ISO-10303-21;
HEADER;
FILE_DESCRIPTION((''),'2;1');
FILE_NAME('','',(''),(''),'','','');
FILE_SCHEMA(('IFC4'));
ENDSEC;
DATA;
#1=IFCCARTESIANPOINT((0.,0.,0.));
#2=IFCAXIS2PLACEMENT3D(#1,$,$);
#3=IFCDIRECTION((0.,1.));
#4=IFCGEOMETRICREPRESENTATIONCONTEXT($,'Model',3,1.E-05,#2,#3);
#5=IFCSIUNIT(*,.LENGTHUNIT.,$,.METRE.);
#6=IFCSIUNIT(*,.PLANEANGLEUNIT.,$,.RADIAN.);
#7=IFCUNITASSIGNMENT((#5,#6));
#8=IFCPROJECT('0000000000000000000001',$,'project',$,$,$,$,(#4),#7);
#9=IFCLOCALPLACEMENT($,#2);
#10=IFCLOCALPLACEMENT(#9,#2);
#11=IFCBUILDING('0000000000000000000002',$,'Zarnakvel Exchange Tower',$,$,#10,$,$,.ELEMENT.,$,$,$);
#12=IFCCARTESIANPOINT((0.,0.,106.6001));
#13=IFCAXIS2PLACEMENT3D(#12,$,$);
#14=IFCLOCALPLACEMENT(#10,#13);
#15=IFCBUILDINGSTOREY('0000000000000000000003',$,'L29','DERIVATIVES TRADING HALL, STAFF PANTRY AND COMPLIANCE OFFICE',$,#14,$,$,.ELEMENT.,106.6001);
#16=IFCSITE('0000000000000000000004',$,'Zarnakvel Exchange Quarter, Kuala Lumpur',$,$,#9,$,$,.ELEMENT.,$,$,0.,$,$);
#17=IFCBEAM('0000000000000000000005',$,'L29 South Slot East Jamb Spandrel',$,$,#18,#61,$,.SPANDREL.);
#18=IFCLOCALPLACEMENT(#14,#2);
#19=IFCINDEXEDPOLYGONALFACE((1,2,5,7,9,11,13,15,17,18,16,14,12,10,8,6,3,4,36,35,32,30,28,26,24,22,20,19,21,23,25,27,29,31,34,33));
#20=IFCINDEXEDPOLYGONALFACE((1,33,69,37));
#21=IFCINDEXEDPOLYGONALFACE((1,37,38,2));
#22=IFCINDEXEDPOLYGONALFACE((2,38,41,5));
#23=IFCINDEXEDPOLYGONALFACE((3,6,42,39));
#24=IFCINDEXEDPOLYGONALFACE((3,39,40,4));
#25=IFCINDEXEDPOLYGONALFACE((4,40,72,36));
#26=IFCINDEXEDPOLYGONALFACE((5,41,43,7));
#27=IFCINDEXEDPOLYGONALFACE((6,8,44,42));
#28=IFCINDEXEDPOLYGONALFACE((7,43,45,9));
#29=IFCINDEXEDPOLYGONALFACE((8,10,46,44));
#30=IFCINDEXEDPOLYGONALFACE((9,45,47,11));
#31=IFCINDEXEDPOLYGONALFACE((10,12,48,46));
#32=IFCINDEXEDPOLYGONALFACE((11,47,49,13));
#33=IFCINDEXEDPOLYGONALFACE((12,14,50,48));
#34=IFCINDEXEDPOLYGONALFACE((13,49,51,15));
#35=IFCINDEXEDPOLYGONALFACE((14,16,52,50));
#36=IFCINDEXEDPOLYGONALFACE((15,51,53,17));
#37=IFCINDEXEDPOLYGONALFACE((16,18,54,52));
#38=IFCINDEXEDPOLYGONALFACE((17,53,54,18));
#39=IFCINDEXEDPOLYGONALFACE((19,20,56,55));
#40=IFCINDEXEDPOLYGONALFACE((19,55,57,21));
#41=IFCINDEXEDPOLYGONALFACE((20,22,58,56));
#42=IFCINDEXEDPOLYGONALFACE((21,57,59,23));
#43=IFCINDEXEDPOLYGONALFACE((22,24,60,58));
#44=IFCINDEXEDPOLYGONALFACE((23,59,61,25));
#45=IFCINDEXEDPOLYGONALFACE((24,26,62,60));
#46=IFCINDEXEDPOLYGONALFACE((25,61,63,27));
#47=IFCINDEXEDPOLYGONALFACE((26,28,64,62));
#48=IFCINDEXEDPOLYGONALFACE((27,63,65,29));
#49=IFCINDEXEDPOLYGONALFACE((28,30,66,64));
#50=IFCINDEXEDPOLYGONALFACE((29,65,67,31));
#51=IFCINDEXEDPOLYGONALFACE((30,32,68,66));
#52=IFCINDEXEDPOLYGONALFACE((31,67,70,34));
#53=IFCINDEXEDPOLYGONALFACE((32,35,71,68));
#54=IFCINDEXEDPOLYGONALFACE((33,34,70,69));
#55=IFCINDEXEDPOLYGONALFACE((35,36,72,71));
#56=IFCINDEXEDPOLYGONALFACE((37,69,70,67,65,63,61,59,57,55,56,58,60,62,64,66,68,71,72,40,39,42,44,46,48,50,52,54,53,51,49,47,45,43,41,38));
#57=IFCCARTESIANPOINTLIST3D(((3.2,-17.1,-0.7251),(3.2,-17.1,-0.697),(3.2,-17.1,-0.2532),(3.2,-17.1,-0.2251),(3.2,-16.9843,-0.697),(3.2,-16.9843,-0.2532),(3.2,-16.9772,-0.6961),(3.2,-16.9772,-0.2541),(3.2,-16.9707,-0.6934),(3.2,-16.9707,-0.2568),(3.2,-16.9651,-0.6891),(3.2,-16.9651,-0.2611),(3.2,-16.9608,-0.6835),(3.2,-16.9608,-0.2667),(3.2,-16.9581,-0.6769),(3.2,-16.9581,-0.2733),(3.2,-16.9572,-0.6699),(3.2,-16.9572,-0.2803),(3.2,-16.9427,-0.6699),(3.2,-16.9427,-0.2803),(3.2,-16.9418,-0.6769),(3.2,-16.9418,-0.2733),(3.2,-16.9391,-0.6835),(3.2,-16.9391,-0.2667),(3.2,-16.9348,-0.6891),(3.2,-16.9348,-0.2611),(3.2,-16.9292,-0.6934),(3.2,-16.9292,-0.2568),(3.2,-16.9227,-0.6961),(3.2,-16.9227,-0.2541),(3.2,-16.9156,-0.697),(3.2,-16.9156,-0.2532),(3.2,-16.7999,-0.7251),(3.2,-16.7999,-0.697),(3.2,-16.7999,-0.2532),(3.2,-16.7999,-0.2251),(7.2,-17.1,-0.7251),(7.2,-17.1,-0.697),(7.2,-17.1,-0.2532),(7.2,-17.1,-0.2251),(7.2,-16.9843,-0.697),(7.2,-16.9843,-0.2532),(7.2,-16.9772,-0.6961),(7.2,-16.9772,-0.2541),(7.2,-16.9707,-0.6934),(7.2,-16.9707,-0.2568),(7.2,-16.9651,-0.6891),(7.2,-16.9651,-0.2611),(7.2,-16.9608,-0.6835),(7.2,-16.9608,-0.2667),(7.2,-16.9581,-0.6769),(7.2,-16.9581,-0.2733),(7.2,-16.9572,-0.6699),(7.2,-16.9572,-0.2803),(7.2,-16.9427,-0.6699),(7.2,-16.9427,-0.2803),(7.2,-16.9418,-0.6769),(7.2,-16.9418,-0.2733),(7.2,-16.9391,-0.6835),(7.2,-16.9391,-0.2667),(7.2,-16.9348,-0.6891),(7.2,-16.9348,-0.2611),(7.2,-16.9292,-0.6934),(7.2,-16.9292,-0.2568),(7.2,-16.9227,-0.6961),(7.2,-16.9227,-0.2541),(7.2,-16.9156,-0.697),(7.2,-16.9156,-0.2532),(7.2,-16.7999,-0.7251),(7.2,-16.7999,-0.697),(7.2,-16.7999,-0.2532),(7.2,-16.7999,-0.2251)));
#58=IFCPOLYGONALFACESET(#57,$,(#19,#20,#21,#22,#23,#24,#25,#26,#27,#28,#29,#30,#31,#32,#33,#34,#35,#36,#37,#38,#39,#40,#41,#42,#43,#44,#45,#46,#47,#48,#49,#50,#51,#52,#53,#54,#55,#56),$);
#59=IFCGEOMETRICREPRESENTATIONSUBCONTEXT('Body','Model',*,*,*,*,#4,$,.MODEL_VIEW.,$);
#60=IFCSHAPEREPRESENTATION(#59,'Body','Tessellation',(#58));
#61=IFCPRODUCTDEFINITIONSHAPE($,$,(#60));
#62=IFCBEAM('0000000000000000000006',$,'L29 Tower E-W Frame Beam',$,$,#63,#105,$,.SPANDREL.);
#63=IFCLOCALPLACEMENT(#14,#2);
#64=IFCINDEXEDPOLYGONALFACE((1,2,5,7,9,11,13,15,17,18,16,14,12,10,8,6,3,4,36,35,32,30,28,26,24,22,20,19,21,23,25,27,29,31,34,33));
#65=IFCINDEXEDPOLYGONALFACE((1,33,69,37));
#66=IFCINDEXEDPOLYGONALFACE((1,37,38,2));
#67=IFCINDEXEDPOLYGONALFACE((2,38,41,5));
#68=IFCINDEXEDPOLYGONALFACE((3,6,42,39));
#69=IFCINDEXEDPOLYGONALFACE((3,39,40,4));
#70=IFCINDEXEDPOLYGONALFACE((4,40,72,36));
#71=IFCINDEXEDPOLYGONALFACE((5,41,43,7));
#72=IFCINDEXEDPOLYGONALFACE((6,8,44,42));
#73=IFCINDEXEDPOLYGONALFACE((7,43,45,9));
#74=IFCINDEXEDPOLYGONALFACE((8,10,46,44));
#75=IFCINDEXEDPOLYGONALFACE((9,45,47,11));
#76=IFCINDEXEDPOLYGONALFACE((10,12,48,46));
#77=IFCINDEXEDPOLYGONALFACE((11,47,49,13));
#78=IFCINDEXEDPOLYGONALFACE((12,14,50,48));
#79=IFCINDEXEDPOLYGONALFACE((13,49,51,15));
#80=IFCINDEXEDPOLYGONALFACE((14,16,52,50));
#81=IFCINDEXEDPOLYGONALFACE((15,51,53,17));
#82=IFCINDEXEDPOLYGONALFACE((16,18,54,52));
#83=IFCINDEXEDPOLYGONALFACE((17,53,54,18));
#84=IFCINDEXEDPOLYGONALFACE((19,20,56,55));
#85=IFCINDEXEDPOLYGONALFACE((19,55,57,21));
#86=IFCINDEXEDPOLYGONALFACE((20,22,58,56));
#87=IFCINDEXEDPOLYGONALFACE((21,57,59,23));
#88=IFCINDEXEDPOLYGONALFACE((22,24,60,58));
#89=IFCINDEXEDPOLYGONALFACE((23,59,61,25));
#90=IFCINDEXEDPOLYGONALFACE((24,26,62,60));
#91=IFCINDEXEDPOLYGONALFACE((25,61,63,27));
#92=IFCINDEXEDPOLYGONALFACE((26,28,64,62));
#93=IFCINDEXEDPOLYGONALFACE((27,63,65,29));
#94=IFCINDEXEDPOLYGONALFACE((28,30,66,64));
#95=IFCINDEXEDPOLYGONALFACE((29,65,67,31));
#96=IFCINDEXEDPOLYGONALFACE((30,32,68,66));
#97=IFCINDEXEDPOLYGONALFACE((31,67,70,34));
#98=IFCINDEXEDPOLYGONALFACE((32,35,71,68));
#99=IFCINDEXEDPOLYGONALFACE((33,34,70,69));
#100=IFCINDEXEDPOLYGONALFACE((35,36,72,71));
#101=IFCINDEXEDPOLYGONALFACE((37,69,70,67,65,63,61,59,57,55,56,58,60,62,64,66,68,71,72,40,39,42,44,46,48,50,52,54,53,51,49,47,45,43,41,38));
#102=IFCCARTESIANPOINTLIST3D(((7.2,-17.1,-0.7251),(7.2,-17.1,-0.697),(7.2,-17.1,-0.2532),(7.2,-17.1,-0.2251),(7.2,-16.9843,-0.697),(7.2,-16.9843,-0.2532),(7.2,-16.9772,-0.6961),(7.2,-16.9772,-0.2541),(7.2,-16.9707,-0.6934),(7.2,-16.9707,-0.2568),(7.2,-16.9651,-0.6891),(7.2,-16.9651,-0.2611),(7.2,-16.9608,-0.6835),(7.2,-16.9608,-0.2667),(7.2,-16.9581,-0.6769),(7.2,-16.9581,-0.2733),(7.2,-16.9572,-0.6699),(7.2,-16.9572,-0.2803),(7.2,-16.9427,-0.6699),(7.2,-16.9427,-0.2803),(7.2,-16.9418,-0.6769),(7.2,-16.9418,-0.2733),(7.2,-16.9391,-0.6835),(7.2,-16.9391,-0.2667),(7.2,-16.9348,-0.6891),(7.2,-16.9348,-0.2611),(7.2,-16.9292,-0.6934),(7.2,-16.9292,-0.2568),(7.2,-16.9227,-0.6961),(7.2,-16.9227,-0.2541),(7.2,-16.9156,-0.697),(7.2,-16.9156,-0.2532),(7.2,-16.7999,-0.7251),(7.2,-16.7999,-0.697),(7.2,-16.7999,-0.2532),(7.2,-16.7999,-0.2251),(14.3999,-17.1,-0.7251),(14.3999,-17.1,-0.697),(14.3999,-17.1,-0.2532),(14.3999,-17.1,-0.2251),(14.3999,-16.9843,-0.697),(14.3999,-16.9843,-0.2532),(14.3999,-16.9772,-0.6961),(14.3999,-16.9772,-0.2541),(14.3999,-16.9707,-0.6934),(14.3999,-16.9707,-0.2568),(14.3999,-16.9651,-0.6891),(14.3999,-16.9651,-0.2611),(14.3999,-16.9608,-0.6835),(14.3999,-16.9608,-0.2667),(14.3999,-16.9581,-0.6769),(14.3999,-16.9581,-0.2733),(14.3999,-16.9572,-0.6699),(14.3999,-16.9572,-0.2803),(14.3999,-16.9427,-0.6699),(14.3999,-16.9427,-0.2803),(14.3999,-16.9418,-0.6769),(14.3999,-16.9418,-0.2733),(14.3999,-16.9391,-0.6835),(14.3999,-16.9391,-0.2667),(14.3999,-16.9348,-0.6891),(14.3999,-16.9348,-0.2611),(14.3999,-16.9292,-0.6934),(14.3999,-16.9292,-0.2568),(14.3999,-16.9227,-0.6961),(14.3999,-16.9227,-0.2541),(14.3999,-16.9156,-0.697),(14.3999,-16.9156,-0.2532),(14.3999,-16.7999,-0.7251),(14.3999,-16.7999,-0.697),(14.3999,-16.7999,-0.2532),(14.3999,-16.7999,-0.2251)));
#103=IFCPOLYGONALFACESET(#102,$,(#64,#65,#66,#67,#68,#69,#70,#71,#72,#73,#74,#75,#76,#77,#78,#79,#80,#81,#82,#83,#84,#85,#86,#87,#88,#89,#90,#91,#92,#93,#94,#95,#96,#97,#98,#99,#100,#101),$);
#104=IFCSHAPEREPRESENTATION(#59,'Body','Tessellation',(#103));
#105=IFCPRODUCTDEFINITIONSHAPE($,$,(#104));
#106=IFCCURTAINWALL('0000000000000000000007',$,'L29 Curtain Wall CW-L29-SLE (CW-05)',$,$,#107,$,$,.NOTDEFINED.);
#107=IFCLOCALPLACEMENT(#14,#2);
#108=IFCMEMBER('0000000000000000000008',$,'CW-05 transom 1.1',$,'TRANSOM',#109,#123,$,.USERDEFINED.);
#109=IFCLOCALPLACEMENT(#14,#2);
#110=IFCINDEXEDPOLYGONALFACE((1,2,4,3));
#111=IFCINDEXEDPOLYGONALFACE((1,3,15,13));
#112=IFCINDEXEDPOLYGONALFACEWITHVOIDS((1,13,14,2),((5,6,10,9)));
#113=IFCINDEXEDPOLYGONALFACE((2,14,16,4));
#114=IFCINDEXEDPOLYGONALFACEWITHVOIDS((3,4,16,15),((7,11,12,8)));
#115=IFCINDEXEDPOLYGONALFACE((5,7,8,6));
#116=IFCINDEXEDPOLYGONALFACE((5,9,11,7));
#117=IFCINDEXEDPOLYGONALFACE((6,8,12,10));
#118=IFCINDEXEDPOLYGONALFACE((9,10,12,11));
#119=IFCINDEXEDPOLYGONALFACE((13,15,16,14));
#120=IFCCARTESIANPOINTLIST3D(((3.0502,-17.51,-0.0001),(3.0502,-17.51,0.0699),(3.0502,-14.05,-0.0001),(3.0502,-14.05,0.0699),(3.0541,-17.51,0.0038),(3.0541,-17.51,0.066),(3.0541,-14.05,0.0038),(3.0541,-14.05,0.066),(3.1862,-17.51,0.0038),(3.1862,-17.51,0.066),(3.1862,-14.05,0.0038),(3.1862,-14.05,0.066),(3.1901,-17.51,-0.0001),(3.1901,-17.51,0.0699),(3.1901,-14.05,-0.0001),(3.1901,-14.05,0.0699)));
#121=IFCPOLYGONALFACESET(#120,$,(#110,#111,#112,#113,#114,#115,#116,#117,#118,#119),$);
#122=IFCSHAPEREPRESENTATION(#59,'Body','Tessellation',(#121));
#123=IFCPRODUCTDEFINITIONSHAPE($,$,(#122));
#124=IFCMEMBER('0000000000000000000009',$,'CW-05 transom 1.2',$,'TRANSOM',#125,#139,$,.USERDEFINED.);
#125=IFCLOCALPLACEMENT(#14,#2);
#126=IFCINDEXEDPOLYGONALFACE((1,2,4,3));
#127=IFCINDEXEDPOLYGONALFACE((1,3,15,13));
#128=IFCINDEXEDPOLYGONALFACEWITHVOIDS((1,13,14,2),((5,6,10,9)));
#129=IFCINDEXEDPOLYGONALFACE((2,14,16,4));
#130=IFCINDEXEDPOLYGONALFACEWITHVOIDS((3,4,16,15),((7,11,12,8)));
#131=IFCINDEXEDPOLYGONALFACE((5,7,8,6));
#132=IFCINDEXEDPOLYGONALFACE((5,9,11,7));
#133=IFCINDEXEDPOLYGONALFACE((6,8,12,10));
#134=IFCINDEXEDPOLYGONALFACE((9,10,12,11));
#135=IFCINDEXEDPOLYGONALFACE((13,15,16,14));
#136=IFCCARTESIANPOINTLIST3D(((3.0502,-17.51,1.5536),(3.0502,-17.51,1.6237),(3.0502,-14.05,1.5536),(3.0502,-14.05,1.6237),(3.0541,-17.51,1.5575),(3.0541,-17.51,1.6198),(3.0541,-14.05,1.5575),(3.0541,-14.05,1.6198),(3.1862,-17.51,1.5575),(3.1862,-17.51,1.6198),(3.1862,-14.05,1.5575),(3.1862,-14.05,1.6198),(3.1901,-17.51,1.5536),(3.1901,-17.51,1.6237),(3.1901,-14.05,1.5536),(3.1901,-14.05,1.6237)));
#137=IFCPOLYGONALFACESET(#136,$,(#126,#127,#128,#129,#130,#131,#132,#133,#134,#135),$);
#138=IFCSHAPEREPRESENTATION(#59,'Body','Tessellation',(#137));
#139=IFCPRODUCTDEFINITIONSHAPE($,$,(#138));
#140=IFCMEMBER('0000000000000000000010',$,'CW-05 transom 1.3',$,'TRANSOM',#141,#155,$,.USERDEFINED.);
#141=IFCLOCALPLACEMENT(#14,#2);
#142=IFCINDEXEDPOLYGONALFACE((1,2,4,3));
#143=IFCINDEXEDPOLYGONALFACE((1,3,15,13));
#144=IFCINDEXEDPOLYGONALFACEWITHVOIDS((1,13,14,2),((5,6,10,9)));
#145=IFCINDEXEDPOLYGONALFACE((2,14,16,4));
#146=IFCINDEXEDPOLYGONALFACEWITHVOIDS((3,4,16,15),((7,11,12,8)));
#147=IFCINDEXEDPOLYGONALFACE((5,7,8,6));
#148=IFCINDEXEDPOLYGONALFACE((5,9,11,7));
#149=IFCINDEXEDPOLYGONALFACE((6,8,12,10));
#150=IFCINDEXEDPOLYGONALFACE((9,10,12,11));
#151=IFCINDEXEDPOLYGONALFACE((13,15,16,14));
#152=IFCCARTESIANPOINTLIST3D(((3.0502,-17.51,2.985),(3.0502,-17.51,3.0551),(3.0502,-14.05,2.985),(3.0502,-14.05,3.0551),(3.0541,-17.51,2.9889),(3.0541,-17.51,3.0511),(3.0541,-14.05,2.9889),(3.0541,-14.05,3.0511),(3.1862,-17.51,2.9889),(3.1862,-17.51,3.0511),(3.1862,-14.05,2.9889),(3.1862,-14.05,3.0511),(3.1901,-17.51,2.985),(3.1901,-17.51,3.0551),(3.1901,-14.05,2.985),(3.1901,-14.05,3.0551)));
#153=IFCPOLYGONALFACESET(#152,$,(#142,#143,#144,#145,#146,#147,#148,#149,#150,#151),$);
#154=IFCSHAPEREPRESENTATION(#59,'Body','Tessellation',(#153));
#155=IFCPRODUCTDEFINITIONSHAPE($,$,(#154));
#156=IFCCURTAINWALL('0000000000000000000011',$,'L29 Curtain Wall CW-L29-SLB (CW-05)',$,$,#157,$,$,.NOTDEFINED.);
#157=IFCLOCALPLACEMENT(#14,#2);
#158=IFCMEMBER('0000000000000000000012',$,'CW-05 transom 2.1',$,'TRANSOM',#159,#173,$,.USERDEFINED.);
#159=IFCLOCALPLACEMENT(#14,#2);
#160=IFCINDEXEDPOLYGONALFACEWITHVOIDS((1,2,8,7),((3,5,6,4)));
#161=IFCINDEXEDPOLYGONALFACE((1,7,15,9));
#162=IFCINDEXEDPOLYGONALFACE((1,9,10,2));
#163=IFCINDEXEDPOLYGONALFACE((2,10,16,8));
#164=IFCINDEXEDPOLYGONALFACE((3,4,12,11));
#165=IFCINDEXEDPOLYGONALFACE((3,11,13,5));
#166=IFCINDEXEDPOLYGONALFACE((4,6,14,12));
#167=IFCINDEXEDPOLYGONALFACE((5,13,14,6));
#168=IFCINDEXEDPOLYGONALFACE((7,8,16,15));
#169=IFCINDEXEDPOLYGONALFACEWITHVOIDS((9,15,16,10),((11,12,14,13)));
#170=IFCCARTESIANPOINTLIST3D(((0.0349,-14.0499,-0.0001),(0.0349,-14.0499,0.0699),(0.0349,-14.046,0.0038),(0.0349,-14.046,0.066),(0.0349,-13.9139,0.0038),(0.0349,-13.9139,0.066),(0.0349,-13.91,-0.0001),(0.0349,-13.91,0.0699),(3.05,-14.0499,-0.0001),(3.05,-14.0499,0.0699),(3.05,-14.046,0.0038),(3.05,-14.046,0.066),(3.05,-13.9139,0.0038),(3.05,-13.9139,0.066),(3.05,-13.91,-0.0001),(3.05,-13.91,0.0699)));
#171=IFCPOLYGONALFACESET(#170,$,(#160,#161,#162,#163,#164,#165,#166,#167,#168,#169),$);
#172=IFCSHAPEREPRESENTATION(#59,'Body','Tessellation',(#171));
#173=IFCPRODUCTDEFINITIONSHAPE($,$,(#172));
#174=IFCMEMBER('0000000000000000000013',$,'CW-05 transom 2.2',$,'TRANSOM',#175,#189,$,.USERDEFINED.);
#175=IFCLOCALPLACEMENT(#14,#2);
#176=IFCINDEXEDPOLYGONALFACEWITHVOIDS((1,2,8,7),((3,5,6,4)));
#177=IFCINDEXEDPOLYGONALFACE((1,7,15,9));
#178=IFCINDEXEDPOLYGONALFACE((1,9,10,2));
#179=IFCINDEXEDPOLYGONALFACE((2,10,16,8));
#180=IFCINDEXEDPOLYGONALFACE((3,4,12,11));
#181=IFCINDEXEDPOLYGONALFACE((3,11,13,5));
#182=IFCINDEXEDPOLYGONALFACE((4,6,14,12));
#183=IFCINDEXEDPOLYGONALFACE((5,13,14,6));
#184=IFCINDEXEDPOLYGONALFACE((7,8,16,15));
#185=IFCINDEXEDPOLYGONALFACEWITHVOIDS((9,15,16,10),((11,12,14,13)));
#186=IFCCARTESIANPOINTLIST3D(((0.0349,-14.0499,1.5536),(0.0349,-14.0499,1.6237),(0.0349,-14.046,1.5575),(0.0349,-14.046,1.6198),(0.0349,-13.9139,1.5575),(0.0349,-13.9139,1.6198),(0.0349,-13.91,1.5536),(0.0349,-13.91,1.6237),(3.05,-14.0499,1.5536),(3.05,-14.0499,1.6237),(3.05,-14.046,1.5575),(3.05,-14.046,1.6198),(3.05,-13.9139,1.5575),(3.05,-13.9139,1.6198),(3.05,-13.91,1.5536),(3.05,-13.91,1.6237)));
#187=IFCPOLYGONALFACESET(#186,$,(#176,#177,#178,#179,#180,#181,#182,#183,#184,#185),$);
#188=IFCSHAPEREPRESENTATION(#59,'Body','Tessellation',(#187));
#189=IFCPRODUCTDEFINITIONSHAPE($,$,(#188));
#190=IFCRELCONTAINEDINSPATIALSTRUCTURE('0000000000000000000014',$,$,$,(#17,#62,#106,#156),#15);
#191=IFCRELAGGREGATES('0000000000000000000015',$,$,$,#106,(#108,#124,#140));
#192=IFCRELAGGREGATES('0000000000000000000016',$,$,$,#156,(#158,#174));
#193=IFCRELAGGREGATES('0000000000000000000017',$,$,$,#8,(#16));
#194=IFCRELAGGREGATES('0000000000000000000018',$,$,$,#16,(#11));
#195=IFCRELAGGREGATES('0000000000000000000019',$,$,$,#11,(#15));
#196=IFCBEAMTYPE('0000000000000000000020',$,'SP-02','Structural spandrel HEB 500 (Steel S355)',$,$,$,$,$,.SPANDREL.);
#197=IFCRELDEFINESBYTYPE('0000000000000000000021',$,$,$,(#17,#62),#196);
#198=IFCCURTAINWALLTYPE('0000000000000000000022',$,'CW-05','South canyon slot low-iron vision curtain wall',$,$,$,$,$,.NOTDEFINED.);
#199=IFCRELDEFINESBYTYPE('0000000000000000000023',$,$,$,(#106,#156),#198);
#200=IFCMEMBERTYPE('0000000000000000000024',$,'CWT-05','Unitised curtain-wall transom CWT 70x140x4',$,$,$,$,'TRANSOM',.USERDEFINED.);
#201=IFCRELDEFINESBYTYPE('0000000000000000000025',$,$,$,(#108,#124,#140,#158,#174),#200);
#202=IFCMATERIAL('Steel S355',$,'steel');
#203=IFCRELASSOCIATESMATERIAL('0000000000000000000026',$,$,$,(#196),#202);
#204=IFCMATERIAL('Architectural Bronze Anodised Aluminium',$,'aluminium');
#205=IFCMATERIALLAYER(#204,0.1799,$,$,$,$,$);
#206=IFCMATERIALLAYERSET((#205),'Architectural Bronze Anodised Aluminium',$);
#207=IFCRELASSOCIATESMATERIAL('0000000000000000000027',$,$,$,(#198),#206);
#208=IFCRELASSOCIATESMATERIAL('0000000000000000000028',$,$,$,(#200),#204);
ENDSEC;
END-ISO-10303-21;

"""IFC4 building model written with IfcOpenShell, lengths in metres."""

from ifc_helpers import new_model, si_unit, direction, frame, origin, origin_2d, place, context, subcontext, project, spatial, hollow_rectangle, i_section, extrude, source, transform, mapped, material, layer, layer_set, material_profile, profile_set, type_object, element, aggregate, save


model = new_model("IFC4")

# Units and contexts
model_context = context("Model", 3, precision=1e-05, world=origin(), true_north=direction((0.0, 1.0)))
body_context = subcontext(model_context, "Body", "Model", "MODEL_VIEW")
ifc_project = project(units=[si_unit("LENGTHUNIT", "METRE"), si_unit("PLANEANGLEUNIT", "RADIAN")], contexts=[model_context])

# Site, building, storey
site_placement = place(None, origin())
site = spatial("IfcSite", under=ifc_project, at=site_placement, Name="Zarnakvel Exchange Quarter, Kuala Lumpur", CompositionType="ELEMENT", RefElevation=0.0)
building_placement = place(site_placement, origin())
building = spatial("IfcBuilding", under=site, at=building_placement, Name="Zarnakvel Exchange Tower", CompositionType="ELEMENT")
storey_placement = place(building_placement, frame((0.0, 0.0, 106.6001)))
storey = spatial("IfcBuildingStorey", under=building, at=storey_placement, Name="L29", Description="DERIVATIVES TRADING HALL, STAFF PANTRY AND COMPLIANCE OFFICE", CompositionType="ELEMENT", Elevation=106.6001)

# Beams
ifc_material_1 = material(Name="Steel S355", Category="steel")
ifc_material_profile_1 = material_profile(ifc_material_1, i_section(OverallWidth=0.3, OverallDepth=0.5, WebThickness=0.0144, FlangeThickness=0.0281, FilletRadius=0.0271, at=origin_2d()))
ifc_profile_set_1 = profile_set([ifc_material_profile_1], Name="Steel S355")
beam_type_1 = type_object("IfcBeamType", Name="SP-02", Description="Structural spandrel HEB 500 (Steel S355)", PredefinedType="SPANDREL", material=ifc_profile_set_1)
beam_1_placement = place(storey_placement, frame((3.2, -16.95, -0.4751), z_axis=(1.0, 0.0, 0.0), x_axis=(0.0, 1.0, 0.0)))
element("IfcBeam", 1, at=beam_1_placement, inside=storey, type_object=beam_type_1, Name="L29 South Slot East Jamb Spandrel", PredefinedType="SPANDREL", context=body_context, shape_type="SweptSolid", body=[
    extrude(i_section(OverallWidth=0.3, OverallDepth=0.5, WebThickness=0.0144, FlangeThickness=0.0281, FilletRadius=0.0271, at=origin_2d()), origin(), (0.0, 0.0, 1.0), 4.0),
])
beam_2_placement = place(storey_placement, frame((7.2, -16.95, -0.4751), z_axis=(1.0, 0.0, 0.0), x_axis=(0.0, 1.0, 0.0)))
element("IfcBeam", 2, at=beam_2_placement, inside=storey, type_object=beam_type_1, Name="L29 Tower E-W Frame Beam", PredefinedType="SPANDREL", context=body_context, shape_type="SweptSolid", body=[
    extrude(i_section(OverallWidth=0.3, OverallDepth=0.5, WebThickness=0.0144, FlangeThickness=0.0281, FilletRadius=0.0271, at=origin_2d()), origin(), (0.0, 0.0, 1.0), 7.2),
])

# Curtain walls, members
ifc_material_2 = material(Name="Architectural Bronze Anodised Aluminium", Category="aluminium")
ifc_layer_1 = layer(ifc_material_2, 0.1799)
ifc_layer_set_1 = layer_set([ifc_layer_1], Name="Architectural Bronze Anodised Aluminium")
curtain_wall_type = type_object("IfcCurtainWallType", Name="CW-05", Description="South canyon slot low-iron vision curtain wall", PredefinedType="NOTDEFINED", material=ifc_layer_set_1)
curtain_wall_1_placement = place(storey_placement, origin())
curtain_wall_1 = element("IfcCurtainWall", 3, at=curtain_wall_1_placement, inside=storey, type_object=curtain_wall_type, Name="L29 Curtain Wall CW-L29-SLE (CW-05)", PredefinedType="NOTDEFINED")
ifc_material_profile_2 = material_profile(ifc_material_2, hollow_rectangle(XDim=0.1399, YDim=0.0701, WallThickness=0.0039, at=origin_2d()))
ifc_profile_set_2 = profile_set([ifc_material_profile_2], Name="Architectural Bronze Anodised Aluminium")
member_type_1 = type_object("IfcMemberType", Name="CWT-05", Description="Unitised curtain-wall transom CWT 70x140x4", ElementType="TRANSOM", PredefinedType="USERDEFINED", material=ifc_profile_set_2)
shared_shape_1 = source(origin(), body_context, "Body", "SweptSolid", [
    extrude(hollow_rectangle(XDim=0.1399, YDim=0.0701, WallThickness=0.0039, at=origin_2d()), origin(), (0.0, 0.0, 1.0), 3.46),
])
member_1_placement = place(storey_placement, frame((3.1201, -14.05, 0.0349), z_axis=(0.0, -1.0, 0.0), x_axis=(1.0, 0.0, 0.0)))
member_1 = element("IfcMember", 4, at=member_1_placement, type_object=member_type_1, Name="CW-05 transom 1.1", ObjectType="TRANSOM", PredefinedType="USERDEFINED", context=body_context, shape_type="MappedRepresentation", body=[
    mapped(shared_shape_1, transform((0.0, 0.0, 0.0), x_axis=(1.0, 0.0, 0.0), y_axis=(0.0, 1.0, 0.0), z_axis=(0.0, 0.0, 1.0), scale=1.0)),
])
member_2_placement = place(storey_placement, frame((3.1201, -14.05, 1.5886), z_axis=(0.0, -1.0, 0.0), x_axis=(1.0, 0.0, 0.0)))
member_2 = element("IfcMember", 5, at=member_2_placement, type_object=member_type_1, Name="CW-05 transom 1.2", ObjectType="TRANSOM", PredefinedType="USERDEFINED", context=body_context, shape_type="MappedRepresentation", body=[
    mapped(shared_shape_1, transform((0.0, 0.0, 0.0), x_axis=(1.0, 0.0, 0.0), y_axis=(0.0, 1.0, 0.0), z_axis=(0.0, 0.0, 1.0), scale=1.0)),
])
member_3_placement = place(storey_placement, frame((3.1201, -14.05, 3.02), z_axis=(0.0, -1.0, 0.0), x_axis=(1.0, 0.0, 0.0)))
member_3 = element("IfcMember", 6, at=member_3_placement, type_object=member_type_1, Name="CW-05 transom 1.3", ObjectType="TRANSOM", PredefinedType="USERDEFINED", context=body_context, shape_type="MappedRepresentation", body=[
    mapped(shared_shape_1, transform((0.0, 0.0, 0.0), x_axis=(1.0, 0.0, 0.0), y_axis=(0.0, 1.0, 0.0), z_axis=(0.0, 0.0, 1.0), scale=1.0)),
])
curtain_wall_2_placement = place(storey_placement, origin())
curtain_wall_2 = element("IfcCurtainWall", 7, at=curtain_wall_2_placement, inside=storey, type_object=curtain_wall_type, Name="L29 Curtain Wall CW-L29-SLB (CW-05)", PredefinedType="NOTDEFINED")
shared_shape_2 = source(origin(), body_context, "Body", "SweptSolid", [
    extrude(hollow_rectangle(XDim=0.1399, YDim=0.0701, WallThickness=0.0039, at=origin_2d()), origin(), (0.0, 0.0, 1.0), 3.0151),
])
member_4_placement = place(storey_placement, frame((0.0349, -13.98, 0.0349), z_axis=(1.0, 0.0, 0.0), x_axis=(0.0, 1.0, 0.0)))
member_4 = element("IfcMember", 8, at=member_4_placement, type_object=member_type_1, Name="CW-05 transom 2.1", ObjectType="TRANSOM", PredefinedType="USERDEFINED", context=body_context, shape_type="MappedRepresentation", body=[
    mapped(shared_shape_2, transform((0.0, 0.0, 0.0), x_axis=(1.0, 0.0, 0.0), y_axis=(0.0, 1.0, 0.0), z_axis=(0.0, 0.0, 1.0), scale=1.0)),
])
member_5_placement = place(storey_placement, frame((0.0349, -13.98, 1.5886), z_axis=(1.0, 0.0, 0.0), x_axis=(0.0, 1.0, 0.0)))
member_5 = element("IfcMember", 9, at=member_5_placement, type_object=member_type_1, Name="CW-05 transom 2.2", ObjectType="TRANSOM", PredefinedType="USERDEFINED", context=body_context, shape_type="MappedRepresentation", body=[
    mapped(shared_shape_2, transform((0.0, 0.0, 0.0), x_axis=(1.0, 0.0, 0.0), y_axis=(0.0, 1.0, 0.0), z_axis=(0.0, 0.0, 1.0), scale=1.0)),
])

aggregate(curtain_wall_1, [member_1, member_2, member_3])
aggregate(curtain_wall_2, [member_4, member_5])

save(model, "model.ifc")
